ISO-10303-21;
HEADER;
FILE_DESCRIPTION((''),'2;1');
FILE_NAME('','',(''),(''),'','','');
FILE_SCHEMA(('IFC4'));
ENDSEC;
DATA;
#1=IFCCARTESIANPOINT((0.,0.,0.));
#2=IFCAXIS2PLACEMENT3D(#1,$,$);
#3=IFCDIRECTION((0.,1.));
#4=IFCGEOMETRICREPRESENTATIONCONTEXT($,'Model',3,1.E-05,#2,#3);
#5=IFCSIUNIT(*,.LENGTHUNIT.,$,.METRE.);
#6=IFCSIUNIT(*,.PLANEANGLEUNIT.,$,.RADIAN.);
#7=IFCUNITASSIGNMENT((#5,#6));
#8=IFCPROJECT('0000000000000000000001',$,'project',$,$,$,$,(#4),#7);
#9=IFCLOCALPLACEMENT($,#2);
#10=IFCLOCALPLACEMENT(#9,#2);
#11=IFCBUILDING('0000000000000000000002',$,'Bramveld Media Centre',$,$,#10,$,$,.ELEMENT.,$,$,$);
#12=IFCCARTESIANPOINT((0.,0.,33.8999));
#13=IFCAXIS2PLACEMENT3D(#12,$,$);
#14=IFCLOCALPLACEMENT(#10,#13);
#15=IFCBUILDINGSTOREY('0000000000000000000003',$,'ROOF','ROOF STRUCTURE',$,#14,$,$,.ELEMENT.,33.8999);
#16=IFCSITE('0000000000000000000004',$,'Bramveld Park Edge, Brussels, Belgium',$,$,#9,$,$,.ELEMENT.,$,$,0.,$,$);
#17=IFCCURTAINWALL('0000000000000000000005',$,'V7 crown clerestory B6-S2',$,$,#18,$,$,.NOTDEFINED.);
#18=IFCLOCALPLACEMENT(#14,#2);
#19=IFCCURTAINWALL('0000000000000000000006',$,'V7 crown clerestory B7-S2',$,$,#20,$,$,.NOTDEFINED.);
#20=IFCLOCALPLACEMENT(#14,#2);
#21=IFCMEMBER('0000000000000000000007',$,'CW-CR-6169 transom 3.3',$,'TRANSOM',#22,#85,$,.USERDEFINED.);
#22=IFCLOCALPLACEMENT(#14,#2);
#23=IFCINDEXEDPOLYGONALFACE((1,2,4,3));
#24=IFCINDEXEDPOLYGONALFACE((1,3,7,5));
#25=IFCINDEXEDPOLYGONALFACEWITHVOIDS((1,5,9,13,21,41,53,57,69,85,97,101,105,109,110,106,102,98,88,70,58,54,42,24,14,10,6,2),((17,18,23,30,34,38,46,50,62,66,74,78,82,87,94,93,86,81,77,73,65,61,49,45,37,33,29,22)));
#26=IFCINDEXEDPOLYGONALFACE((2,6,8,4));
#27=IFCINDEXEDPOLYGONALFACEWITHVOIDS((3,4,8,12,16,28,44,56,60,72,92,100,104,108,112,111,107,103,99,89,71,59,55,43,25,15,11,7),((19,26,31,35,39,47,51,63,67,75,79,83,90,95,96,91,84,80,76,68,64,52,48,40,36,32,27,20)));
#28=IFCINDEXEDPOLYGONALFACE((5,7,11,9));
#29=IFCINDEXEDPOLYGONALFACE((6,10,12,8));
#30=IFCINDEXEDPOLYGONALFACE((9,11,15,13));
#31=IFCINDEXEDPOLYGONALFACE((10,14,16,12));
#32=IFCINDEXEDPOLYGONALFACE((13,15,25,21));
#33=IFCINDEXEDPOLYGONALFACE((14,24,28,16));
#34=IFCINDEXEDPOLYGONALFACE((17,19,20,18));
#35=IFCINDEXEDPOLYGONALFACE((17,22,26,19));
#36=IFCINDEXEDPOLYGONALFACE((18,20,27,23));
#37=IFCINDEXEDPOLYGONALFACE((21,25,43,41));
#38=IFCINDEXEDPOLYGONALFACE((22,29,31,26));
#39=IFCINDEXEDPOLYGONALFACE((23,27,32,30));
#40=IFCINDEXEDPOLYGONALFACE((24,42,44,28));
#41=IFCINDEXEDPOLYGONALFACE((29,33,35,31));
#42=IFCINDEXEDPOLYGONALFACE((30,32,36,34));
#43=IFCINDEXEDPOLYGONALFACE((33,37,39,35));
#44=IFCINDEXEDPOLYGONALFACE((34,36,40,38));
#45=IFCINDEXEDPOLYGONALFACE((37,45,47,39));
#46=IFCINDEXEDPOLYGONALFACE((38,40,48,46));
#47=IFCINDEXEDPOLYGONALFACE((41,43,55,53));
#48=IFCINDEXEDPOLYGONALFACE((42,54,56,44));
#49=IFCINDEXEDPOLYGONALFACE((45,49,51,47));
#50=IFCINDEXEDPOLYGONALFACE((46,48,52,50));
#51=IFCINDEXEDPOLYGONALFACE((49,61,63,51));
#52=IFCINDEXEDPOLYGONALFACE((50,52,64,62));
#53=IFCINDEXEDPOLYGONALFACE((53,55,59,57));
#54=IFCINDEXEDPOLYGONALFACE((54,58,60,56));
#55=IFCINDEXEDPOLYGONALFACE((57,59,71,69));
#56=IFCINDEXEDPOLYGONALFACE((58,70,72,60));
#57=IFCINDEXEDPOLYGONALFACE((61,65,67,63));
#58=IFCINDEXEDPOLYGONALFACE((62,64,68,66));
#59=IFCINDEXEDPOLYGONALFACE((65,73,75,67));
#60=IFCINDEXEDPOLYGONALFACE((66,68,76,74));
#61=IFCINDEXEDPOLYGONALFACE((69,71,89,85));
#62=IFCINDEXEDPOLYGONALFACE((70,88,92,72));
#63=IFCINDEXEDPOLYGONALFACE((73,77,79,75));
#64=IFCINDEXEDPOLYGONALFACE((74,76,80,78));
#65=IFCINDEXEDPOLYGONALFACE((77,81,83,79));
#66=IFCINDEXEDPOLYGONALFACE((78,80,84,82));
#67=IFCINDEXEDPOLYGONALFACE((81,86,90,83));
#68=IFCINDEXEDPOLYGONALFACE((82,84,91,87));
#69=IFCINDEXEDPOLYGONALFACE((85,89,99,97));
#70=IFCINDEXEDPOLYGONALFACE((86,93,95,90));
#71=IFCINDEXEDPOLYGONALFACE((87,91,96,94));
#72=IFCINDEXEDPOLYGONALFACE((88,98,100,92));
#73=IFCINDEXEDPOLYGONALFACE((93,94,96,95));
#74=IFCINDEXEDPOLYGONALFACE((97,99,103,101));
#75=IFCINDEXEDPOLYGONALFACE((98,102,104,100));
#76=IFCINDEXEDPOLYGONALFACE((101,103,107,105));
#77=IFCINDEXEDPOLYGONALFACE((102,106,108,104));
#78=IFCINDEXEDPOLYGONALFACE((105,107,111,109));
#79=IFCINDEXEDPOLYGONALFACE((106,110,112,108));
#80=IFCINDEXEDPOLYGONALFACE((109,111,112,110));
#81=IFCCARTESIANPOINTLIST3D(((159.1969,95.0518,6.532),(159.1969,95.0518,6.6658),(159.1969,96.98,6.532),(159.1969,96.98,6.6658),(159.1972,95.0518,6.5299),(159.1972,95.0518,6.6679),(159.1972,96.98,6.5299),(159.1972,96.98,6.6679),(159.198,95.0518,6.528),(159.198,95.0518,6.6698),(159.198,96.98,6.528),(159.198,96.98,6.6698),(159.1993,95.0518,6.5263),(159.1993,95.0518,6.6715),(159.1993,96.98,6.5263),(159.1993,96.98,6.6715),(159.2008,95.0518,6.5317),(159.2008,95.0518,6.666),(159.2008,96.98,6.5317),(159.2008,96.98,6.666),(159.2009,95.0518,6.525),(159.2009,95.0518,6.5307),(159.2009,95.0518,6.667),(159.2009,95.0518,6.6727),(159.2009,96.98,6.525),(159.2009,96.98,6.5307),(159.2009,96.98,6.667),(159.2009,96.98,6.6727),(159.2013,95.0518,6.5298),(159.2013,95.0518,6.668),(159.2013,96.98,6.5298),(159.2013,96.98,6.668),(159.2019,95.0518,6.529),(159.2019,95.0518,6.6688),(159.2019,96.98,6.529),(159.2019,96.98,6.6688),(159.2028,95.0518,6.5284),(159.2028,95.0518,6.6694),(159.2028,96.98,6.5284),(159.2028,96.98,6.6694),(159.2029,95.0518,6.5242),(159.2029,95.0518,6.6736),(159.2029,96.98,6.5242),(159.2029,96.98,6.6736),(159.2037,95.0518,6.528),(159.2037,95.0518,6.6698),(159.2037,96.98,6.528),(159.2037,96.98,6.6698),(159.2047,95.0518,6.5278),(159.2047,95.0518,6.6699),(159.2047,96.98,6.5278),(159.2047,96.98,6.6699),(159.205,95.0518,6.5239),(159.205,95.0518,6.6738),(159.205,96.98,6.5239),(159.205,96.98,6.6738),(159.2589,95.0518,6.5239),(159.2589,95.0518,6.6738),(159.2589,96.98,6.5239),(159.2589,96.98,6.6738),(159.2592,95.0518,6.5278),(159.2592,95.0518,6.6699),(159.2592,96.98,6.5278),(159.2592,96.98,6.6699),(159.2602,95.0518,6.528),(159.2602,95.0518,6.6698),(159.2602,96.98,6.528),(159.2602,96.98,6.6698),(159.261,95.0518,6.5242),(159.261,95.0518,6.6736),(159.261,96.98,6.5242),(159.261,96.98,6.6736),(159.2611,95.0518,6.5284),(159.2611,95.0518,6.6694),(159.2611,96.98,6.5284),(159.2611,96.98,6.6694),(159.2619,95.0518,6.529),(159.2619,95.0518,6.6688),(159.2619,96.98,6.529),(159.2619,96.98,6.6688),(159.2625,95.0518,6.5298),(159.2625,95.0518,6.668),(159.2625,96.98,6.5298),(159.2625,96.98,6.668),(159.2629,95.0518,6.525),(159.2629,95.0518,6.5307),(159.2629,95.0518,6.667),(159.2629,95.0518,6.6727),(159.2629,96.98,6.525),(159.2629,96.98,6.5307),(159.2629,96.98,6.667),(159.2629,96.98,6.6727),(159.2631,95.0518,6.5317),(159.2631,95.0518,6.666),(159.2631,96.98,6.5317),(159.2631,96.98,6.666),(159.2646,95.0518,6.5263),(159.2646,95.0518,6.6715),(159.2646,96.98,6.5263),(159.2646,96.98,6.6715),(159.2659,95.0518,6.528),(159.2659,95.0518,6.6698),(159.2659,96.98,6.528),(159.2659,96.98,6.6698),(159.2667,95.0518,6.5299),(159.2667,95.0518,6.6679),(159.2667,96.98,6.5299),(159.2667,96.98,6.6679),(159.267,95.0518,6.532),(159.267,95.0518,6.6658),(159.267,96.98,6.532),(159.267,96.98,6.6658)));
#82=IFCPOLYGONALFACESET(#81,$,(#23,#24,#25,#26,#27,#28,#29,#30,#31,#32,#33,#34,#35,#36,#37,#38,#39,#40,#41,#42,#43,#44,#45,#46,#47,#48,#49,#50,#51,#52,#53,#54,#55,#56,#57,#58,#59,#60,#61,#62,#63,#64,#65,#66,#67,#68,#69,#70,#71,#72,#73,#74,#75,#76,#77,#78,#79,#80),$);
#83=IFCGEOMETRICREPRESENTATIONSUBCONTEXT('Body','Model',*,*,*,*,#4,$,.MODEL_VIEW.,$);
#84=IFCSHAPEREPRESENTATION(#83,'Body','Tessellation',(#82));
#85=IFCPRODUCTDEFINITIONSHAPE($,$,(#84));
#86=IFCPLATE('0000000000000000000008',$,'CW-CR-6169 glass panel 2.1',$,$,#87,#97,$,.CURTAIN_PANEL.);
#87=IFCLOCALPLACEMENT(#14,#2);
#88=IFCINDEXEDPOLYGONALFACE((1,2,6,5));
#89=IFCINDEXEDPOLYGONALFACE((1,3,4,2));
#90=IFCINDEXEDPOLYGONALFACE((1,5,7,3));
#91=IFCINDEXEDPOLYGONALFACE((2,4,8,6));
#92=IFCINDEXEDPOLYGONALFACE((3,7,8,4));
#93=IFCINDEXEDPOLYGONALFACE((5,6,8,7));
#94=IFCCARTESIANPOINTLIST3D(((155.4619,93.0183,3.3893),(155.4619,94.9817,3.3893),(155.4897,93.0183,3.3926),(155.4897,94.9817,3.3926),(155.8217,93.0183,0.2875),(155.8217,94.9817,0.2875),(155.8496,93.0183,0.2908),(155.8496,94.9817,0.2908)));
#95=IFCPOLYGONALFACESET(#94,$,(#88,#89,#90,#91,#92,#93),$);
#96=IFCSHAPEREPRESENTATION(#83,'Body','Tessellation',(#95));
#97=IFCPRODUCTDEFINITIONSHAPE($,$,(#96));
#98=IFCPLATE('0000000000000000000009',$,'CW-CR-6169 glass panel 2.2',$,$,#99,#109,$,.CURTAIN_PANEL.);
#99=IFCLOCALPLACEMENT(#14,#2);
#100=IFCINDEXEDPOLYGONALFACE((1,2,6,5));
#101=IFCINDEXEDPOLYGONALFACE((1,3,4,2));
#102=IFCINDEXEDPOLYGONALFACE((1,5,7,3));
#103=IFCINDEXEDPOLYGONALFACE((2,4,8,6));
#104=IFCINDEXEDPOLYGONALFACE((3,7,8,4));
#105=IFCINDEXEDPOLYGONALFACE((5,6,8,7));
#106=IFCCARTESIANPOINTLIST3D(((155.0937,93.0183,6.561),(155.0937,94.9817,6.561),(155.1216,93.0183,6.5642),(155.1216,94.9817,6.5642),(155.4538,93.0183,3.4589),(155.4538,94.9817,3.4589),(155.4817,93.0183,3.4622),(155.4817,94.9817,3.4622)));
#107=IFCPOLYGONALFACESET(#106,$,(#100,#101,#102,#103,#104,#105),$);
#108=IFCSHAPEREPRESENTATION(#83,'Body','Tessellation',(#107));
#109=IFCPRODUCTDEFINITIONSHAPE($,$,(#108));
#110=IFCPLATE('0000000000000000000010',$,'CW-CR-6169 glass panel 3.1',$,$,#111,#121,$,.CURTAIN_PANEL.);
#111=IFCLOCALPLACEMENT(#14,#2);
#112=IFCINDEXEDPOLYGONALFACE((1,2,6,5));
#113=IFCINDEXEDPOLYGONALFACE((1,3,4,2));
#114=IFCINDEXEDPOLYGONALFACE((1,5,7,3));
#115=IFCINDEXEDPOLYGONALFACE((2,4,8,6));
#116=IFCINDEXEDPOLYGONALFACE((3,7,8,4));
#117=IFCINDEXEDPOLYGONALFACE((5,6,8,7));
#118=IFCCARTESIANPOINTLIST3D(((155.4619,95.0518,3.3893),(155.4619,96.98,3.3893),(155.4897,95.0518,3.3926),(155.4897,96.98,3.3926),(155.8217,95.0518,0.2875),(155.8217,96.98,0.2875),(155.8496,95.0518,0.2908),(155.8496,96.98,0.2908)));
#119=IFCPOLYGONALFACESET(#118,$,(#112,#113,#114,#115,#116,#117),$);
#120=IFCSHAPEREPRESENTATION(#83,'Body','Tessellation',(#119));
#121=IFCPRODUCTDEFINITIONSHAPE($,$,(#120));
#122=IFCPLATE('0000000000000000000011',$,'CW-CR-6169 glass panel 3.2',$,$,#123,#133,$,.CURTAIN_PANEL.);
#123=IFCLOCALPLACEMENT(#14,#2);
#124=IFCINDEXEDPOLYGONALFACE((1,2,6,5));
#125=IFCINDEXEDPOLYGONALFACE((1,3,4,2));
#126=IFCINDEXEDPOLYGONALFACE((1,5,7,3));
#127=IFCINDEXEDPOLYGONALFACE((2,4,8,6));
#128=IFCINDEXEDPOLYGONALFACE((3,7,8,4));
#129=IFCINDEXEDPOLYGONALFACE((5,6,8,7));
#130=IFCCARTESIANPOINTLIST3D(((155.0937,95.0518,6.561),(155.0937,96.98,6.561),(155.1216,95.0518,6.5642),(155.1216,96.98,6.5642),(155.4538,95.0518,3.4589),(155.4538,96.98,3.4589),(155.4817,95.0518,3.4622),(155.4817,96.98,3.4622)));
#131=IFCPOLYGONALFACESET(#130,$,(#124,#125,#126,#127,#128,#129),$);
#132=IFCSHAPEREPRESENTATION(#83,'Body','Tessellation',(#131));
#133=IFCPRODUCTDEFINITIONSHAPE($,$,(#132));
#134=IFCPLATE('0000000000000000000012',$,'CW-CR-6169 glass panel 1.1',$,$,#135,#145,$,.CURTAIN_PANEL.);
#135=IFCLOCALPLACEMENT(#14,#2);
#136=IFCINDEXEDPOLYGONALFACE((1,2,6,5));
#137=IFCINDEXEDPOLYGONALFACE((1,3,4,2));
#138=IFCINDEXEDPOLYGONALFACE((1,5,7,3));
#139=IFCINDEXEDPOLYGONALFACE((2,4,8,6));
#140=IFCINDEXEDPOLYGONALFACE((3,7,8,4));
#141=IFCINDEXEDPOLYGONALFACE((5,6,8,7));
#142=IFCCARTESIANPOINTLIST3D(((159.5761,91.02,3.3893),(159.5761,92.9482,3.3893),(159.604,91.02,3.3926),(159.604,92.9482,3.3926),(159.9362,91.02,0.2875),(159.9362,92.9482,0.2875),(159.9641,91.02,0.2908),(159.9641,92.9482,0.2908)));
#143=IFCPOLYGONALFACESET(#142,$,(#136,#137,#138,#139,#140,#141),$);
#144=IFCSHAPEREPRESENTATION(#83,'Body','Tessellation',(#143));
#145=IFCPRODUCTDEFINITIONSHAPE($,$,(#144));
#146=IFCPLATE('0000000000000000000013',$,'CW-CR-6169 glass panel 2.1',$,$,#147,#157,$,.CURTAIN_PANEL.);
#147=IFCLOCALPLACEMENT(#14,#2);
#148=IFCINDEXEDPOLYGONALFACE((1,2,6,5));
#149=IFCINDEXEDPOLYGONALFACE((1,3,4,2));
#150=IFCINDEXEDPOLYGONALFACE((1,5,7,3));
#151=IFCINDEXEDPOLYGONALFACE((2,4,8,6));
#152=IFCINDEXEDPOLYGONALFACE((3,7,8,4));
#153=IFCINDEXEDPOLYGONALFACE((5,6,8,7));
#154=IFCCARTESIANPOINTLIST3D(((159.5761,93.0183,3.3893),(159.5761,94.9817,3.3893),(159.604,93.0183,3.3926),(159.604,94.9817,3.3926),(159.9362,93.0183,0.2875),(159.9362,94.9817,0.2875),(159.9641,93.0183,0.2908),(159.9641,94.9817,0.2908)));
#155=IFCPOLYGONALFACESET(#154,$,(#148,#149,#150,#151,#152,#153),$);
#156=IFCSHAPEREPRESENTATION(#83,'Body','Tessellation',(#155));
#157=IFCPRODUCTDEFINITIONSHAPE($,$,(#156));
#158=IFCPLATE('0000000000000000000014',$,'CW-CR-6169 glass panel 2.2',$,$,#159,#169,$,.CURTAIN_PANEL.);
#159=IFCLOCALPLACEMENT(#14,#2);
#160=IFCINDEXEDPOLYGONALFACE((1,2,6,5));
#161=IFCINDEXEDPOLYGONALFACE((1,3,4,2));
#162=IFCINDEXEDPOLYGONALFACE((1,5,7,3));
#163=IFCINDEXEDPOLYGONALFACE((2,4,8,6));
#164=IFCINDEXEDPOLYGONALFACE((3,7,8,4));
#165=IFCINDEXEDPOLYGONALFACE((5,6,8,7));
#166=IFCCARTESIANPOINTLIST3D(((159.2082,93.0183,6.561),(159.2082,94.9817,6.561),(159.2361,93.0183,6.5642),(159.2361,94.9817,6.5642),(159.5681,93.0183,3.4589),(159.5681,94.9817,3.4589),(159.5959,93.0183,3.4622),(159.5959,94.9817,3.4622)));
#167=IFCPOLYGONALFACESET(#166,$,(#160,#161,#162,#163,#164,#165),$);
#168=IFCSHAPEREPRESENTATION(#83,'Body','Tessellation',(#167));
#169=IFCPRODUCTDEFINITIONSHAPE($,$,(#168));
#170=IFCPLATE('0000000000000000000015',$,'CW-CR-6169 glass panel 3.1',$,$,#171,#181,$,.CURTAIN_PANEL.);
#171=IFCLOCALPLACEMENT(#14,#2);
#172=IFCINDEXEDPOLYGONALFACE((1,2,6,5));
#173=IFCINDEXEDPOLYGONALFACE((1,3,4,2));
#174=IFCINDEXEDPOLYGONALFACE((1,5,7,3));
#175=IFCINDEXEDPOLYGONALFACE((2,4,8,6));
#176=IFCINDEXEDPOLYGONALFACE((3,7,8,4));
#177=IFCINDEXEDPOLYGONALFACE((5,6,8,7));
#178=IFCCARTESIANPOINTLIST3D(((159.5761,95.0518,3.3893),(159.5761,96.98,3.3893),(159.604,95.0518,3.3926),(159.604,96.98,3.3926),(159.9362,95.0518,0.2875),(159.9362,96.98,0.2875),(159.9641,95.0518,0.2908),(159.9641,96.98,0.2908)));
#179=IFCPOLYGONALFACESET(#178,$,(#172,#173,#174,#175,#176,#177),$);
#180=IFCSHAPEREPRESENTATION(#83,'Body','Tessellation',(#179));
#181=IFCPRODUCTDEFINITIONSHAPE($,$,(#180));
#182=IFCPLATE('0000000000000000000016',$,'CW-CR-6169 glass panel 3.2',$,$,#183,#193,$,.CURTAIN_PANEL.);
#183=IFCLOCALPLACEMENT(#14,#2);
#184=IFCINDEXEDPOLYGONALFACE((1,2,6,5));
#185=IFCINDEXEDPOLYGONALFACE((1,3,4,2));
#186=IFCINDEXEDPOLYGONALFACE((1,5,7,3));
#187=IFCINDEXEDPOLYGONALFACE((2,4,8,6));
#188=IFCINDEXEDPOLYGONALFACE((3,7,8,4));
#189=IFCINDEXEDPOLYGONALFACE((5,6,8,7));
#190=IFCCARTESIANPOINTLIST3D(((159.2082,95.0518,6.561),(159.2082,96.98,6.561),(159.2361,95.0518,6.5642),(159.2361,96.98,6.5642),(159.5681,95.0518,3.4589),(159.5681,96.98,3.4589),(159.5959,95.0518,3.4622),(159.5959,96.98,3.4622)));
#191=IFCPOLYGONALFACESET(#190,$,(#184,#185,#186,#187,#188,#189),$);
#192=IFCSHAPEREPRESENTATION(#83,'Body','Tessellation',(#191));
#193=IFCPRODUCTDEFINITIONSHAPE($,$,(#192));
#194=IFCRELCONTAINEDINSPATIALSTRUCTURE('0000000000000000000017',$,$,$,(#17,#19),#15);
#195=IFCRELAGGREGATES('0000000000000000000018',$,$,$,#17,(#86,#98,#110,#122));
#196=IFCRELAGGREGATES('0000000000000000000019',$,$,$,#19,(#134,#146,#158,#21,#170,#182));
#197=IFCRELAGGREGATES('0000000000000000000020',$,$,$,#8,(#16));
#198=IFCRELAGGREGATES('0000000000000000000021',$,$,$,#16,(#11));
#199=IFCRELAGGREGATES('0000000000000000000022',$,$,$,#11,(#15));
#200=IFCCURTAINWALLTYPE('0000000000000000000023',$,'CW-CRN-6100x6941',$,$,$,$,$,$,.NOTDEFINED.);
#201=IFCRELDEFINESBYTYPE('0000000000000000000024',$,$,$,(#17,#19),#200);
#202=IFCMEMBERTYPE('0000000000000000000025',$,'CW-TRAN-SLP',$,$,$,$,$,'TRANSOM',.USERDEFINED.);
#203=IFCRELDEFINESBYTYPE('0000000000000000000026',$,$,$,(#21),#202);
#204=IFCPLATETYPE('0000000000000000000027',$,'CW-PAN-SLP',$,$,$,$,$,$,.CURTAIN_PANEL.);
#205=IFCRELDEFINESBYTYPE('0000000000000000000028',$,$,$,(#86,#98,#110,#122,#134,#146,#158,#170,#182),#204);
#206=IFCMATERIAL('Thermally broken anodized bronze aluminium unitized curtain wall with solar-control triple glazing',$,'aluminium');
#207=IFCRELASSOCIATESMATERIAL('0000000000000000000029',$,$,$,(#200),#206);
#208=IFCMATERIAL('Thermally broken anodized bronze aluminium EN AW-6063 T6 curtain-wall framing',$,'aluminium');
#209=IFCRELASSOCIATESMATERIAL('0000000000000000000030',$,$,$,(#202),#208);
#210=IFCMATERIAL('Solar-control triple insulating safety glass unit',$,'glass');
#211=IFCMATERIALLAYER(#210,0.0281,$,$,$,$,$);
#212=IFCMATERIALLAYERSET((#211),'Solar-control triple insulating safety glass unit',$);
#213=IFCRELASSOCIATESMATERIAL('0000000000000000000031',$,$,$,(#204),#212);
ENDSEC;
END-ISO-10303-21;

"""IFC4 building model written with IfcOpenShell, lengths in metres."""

from ifc_helpers import new_model, si_unit, direction, frame, origin, origin_2d, place, context, subcontext, project, spatial, polyline, hollow_rectangle, outline, extrude, material, layer, layer_set, material_profile, profile_set, type_object, element, aggregate, save


model = new_model("IFC4")

# Units and contexts
model_context = context("Model", 3, precision=1e-05, world=origin(), true_north=direction((0.0, 1.0)))
body_context = subcontext(model_context, "Body", "Model", "MODEL_VIEW")
ifc_project = project(units=[si_unit("LENGTHUNIT", "METRE"), si_unit("PLANEANGLEUNIT", "RADIAN")], contexts=[model_context])

# Site, building, storey
site_placement = place(None, origin())
site = spatial("IfcSite", under=ifc_project, at=site_placement, Name="Bramveld Park Edge, Brussels, Belgium", CompositionType="ELEMENT", RefElevation=0.0)
building_placement = place(site_placement, origin())
building = spatial("IfcBuilding", under=site, at=building_placement, Name="Bramveld Media Centre", CompositionType="ELEMENT")
storey_placement = place(building_placement, frame((0.0, 0.0, 33.8999)))
storey = spatial("IfcBuildingStorey", under=building, at=storey_placement, Name="ROOF", Description="ROOF STRUCTURE", CompositionType="ELEMENT", Elevation=33.8999)

# Curtain walls
ifc_material_1 = material(Name="Thermally broken anodized bronze aluminium unitized curtain wall with solar-control triple glazing", Category="aluminium")
curtain_wall_type = type_object("IfcCurtainWallType", Name="CW-CRN-6100x6941", PredefinedType="NOTDEFINED", material=ifc_material_1)
curtain_wall_1_placement = place(storey_placement, origin())
curtain_wall_1 = element("IfcCurtainWall", 1, at=curtain_wall_1_placement, inside=storey, type_object=curtain_wall_type, Name="V7 crown clerestory B6-S2", PredefinedType="NOTDEFINED")
curtain_wall_2_placement = place(storey_placement, origin())
curtain_wall_2 = element("IfcCurtainWall", 2, at=curtain_wall_2_placement, inside=storey, type_object=curtain_wall_type, Name="V7 crown clerestory B7-S2", PredefinedType="NOTDEFINED")

# Member
ifc_material_2 = material(Name="Thermally broken anodized bronze aluminium EN AW-6063 T6 curtain-wall framing", Category="aluminium")
ifc_material_profile_1 = material_profile(ifc_material_2, hollow_rectangle(XDim=0.0701, YDim=0.1499, WallThickness=0.0039, InnerFilletRadius=0.0039, OuterFilletRadius=0.0081, at=origin_2d()), Name="AL-TRAN 70x150")
ifc_profile_set_1 = profile_set([ifc_material_profile_1], Name="Thermally broken anodized bronze aluminium EN AW-6063 T6 curtain-wall framing")
member_type_1 = type_object("IfcMemberType", Name="CW-TRAN-SLP", ElementType="TRANSOM", PredefinedType="USERDEFINED", material=ifc_profile_set_1)
member_1_placement = place(storey_placement, frame((159.2319, 95.0518, 6.5989), z_axis=(0.0, 1.0, 0.0), x_axis=(-1.0, 0.0, 0.0)))
member_1 = element("IfcMember", 3, at=member_1_placement, type_object=member_type_1, Name="CW-CR-6169 transom 3.3", ObjectType="TRANSOM", PredefinedType="USERDEFINED", context=body_context, shape_type="SweptSolid", body=[
    extrude(hollow_rectangle(XDim=0.0701, YDim=0.1499, WallThickness=0.0039, InnerFilletRadius=0.0039, OuterFilletRadius=0.0081, at=origin_2d()), origin(), (0.0, 0.0, 1.0), 1.9282),
])

# Plates
ifc_material_3 = material(Name="Solar-control triple insulating safety glass unit", Category="glass")
ifc_layer_1 = layer(ifc_material_3, 0.0281)
ifc_layer_set_1 = layer_set([ifc_layer_1], Name="Solar-control triple insulating safety glass unit")
plate_type = type_object("IfcPlateType", Name="CW-PAN-SLP", PredefinedType="CURTAIN_PANEL", material=ifc_layer_set_1)
plate_1_placement = place(storey_placement, frame((155.8496, 93.0183, 0.2908), z_axis=(0.993337, 0.0, 0.115244), x_axis=(0.0, 1.0, 0.0)))
plate_1 = element("IfcPlate", 4, at=plate_1_placement, type_object=plate_type, Name="CW-CR-6169 glass panel 2.1", PredefinedType="CURTAIN_PANEL", context=body_context, shape_type="SweptSolid", body=[
    extrude(outline(polyline([(0.0, 0.0), (1.9634, 0.0), (1.9634, 3.1226), (0.0, 3.1226), (0.0, 0.0)])), origin(), (0.0, 0.0, -1.0), 0.0281),
])
plate_2_placement = place(storey_placement, frame((155.4817, 93.0183, 3.4622), z_axis=(0.993329, 0.0, 0.115313), x_axis=(0.0, 1.0, 0.0)))
plate_2 = element("IfcPlate", 5, at=plate_2_placement, type_object=plate_type, Name="CW-CR-6169 glass panel 2.2", PredefinedType="CURTAIN_PANEL", context=body_context, shape_type="SweptSolid", body=[
    extrude(outline(polyline([(0.0, 0.0), (1.9634, 0.0), (1.9634, 3.1229), (0.0, 3.1229), (0.0, 0.0)])), origin(), (0.0, 0.0, -1.0), 0.0281),
])
plate_3_placement = place(storey_placement, frame((155.8496, 95.0518, 0.2908), z_axis=(0.993337, 0.0, 0.115244), x_axis=(0.0, 1.0, 0.0)))
plate_3 = element("IfcPlate", 6, at=plate_3_placement, type_object=plate_type, Name="CW-CR-6169 glass panel 3.1", PredefinedType="CURTAIN_PANEL", context=body_context, shape_type="SweptSolid", body=[
    extrude(outline(polyline([(0.0, 0.0), (1.9282, 0.0), (1.9282, 3.1226), (0.0, 3.1226), (0.0, 0.0)])), origin(), (0.0, 0.0, -1.0), 0.0281),
])
plate_4_placement = place(storey_placement, frame((155.4817, 95.0518, 3.4622), z_axis=(0.993329, 0.0, 0.115313), x_axis=(0.0, 1.0, 0.0)))
plate_4 = element("IfcPlate", 7, at=plate_4_placement, type_object=plate_type, Name="CW-CR-6169 glass panel 3.2", PredefinedType="CURTAIN_PANEL", context=body_context, shape_type="SweptSolid", body=[
    extrude(outline(polyline([(0.0, 0.0), (1.9282, 0.0), (1.9282, 3.1229), (0.0, 3.1229), (0.0, 0.0)])), origin(), (0.0, 0.0, -1.0), 0.0281),
])
aggregate(curtain_wall_1, [plate_1, plate_2, plate_3, plate_4])
plate_5_placement = place(storey_placement, frame((159.9641, 91.02, 0.2908), z_axis=(0.993328, 0.0, 0.115321), x_axis=(0.0, 1.0, 0.0)))
plate_5 = element("IfcPlate", 8, at=plate_5_placement, type_object=plate_type, Name="CW-CR-6169 glass panel 1.1", PredefinedType="CURTAIN_PANEL", context=body_context, shape_type="SweptSolid", body=[
    extrude(outline(polyline([(0.0, 0.0), (1.9282, 0.0), (1.9282, 3.1226), (0.0, 3.1226), (0.0, 0.0)])), origin(), (0.0, 0.0, -1.0), 0.0281),
])
plate_6_placement = place(storey_placement, frame((159.9641, 93.0183, 0.2908), z_axis=(0.993328, 0.0, 0.115321), x_axis=(0.0, 1.0, 0.0)))
plate_6 = element("IfcPlate", 9, at=plate_6_placement, type_object=plate_type, Name="CW-CR-6169 glass panel 2.1", PredefinedType="CURTAIN_PANEL", context=body_context, shape_type="SweptSolid", body=[
    extrude(outline(polyline([(0.0, 0.0), (1.9634, 0.0), (1.9634, 3.1226), (0.0, 3.1226), (0.0, 0.0)])), origin(), (0.0, 0.0, -1.0), 0.0281),
])
plate_7_placement = place(storey_placement, frame((159.5959, 93.0183, 3.4622), z_axis=(0.993338, 0.0, 0.115235), x_axis=(0.0, 1.0, 0.0)))
plate_7 = element("IfcPlate", 10, at=plate_7_placement, type_object=plate_type, Name="CW-CR-6169 glass panel 2.2", PredefinedType="CURTAIN_PANEL", context=body_context, shape_type="SweptSolid", body=[
    extrude(outline(polyline([(0.0, 0.0), (1.9634, 0.0), (1.9634, 3.1229), (0.0, 3.1229), (0.0, 0.0)])), origin(), (0.0, 0.0, -1.0), 0.0281),
])
plate_8_placement = place(storey_placement, frame((159.9641, 95.0518, 0.2908), z_axis=(0.993328, 0.0, 0.115321), x_axis=(0.0, 1.0, 0.0)))
plate_8 = element("IfcPlate", 11, at=plate_8_placement, type_object=plate_type, Name="CW-CR-6169 glass panel 3.1", PredefinedType="CURTAIN_PANEL", context=body_context, shape_type="SweptSolid", body=[
    extrude(outline(polyline([(0.0, 0.0), (1.9282, 0.0), (1.9282, 3.1226), (0.0, 3.1226), (0.0, 0.0)])), origin(), (0.0, 0.0, -1.0), 0.0281),
])
plate_9_placement = place(storey_placement, frame((159.5959, 95.0518, 3.4622), z_axis=(0.993338, 0.0, 0.115235), x_axis=(0.0, 1.0, 0.0)))
plate_9 = element("IfcPlate", 12, at=plate_9_placement, type_object=plate_type, Name="CW-CR-6169 glass panel 3.2", PredefinedType="CURTAIN_PANEL", context=body_context, shape_type="SweptSolid", body=[
    extrude(outline(polyline([(0.0, 0.0), (1.9282, 0.0), (1.9282, 3.1229), (0.0, 3.1229), (0.0, 0.0)])), origin(), (0.0, 0.0, -1.0), 0.0281),
])
aggregate(curtain_wall_2, [plate_5, plate_6, plate_7, member_1, plate_8, plate_9])

save(model, "model.ifc")
